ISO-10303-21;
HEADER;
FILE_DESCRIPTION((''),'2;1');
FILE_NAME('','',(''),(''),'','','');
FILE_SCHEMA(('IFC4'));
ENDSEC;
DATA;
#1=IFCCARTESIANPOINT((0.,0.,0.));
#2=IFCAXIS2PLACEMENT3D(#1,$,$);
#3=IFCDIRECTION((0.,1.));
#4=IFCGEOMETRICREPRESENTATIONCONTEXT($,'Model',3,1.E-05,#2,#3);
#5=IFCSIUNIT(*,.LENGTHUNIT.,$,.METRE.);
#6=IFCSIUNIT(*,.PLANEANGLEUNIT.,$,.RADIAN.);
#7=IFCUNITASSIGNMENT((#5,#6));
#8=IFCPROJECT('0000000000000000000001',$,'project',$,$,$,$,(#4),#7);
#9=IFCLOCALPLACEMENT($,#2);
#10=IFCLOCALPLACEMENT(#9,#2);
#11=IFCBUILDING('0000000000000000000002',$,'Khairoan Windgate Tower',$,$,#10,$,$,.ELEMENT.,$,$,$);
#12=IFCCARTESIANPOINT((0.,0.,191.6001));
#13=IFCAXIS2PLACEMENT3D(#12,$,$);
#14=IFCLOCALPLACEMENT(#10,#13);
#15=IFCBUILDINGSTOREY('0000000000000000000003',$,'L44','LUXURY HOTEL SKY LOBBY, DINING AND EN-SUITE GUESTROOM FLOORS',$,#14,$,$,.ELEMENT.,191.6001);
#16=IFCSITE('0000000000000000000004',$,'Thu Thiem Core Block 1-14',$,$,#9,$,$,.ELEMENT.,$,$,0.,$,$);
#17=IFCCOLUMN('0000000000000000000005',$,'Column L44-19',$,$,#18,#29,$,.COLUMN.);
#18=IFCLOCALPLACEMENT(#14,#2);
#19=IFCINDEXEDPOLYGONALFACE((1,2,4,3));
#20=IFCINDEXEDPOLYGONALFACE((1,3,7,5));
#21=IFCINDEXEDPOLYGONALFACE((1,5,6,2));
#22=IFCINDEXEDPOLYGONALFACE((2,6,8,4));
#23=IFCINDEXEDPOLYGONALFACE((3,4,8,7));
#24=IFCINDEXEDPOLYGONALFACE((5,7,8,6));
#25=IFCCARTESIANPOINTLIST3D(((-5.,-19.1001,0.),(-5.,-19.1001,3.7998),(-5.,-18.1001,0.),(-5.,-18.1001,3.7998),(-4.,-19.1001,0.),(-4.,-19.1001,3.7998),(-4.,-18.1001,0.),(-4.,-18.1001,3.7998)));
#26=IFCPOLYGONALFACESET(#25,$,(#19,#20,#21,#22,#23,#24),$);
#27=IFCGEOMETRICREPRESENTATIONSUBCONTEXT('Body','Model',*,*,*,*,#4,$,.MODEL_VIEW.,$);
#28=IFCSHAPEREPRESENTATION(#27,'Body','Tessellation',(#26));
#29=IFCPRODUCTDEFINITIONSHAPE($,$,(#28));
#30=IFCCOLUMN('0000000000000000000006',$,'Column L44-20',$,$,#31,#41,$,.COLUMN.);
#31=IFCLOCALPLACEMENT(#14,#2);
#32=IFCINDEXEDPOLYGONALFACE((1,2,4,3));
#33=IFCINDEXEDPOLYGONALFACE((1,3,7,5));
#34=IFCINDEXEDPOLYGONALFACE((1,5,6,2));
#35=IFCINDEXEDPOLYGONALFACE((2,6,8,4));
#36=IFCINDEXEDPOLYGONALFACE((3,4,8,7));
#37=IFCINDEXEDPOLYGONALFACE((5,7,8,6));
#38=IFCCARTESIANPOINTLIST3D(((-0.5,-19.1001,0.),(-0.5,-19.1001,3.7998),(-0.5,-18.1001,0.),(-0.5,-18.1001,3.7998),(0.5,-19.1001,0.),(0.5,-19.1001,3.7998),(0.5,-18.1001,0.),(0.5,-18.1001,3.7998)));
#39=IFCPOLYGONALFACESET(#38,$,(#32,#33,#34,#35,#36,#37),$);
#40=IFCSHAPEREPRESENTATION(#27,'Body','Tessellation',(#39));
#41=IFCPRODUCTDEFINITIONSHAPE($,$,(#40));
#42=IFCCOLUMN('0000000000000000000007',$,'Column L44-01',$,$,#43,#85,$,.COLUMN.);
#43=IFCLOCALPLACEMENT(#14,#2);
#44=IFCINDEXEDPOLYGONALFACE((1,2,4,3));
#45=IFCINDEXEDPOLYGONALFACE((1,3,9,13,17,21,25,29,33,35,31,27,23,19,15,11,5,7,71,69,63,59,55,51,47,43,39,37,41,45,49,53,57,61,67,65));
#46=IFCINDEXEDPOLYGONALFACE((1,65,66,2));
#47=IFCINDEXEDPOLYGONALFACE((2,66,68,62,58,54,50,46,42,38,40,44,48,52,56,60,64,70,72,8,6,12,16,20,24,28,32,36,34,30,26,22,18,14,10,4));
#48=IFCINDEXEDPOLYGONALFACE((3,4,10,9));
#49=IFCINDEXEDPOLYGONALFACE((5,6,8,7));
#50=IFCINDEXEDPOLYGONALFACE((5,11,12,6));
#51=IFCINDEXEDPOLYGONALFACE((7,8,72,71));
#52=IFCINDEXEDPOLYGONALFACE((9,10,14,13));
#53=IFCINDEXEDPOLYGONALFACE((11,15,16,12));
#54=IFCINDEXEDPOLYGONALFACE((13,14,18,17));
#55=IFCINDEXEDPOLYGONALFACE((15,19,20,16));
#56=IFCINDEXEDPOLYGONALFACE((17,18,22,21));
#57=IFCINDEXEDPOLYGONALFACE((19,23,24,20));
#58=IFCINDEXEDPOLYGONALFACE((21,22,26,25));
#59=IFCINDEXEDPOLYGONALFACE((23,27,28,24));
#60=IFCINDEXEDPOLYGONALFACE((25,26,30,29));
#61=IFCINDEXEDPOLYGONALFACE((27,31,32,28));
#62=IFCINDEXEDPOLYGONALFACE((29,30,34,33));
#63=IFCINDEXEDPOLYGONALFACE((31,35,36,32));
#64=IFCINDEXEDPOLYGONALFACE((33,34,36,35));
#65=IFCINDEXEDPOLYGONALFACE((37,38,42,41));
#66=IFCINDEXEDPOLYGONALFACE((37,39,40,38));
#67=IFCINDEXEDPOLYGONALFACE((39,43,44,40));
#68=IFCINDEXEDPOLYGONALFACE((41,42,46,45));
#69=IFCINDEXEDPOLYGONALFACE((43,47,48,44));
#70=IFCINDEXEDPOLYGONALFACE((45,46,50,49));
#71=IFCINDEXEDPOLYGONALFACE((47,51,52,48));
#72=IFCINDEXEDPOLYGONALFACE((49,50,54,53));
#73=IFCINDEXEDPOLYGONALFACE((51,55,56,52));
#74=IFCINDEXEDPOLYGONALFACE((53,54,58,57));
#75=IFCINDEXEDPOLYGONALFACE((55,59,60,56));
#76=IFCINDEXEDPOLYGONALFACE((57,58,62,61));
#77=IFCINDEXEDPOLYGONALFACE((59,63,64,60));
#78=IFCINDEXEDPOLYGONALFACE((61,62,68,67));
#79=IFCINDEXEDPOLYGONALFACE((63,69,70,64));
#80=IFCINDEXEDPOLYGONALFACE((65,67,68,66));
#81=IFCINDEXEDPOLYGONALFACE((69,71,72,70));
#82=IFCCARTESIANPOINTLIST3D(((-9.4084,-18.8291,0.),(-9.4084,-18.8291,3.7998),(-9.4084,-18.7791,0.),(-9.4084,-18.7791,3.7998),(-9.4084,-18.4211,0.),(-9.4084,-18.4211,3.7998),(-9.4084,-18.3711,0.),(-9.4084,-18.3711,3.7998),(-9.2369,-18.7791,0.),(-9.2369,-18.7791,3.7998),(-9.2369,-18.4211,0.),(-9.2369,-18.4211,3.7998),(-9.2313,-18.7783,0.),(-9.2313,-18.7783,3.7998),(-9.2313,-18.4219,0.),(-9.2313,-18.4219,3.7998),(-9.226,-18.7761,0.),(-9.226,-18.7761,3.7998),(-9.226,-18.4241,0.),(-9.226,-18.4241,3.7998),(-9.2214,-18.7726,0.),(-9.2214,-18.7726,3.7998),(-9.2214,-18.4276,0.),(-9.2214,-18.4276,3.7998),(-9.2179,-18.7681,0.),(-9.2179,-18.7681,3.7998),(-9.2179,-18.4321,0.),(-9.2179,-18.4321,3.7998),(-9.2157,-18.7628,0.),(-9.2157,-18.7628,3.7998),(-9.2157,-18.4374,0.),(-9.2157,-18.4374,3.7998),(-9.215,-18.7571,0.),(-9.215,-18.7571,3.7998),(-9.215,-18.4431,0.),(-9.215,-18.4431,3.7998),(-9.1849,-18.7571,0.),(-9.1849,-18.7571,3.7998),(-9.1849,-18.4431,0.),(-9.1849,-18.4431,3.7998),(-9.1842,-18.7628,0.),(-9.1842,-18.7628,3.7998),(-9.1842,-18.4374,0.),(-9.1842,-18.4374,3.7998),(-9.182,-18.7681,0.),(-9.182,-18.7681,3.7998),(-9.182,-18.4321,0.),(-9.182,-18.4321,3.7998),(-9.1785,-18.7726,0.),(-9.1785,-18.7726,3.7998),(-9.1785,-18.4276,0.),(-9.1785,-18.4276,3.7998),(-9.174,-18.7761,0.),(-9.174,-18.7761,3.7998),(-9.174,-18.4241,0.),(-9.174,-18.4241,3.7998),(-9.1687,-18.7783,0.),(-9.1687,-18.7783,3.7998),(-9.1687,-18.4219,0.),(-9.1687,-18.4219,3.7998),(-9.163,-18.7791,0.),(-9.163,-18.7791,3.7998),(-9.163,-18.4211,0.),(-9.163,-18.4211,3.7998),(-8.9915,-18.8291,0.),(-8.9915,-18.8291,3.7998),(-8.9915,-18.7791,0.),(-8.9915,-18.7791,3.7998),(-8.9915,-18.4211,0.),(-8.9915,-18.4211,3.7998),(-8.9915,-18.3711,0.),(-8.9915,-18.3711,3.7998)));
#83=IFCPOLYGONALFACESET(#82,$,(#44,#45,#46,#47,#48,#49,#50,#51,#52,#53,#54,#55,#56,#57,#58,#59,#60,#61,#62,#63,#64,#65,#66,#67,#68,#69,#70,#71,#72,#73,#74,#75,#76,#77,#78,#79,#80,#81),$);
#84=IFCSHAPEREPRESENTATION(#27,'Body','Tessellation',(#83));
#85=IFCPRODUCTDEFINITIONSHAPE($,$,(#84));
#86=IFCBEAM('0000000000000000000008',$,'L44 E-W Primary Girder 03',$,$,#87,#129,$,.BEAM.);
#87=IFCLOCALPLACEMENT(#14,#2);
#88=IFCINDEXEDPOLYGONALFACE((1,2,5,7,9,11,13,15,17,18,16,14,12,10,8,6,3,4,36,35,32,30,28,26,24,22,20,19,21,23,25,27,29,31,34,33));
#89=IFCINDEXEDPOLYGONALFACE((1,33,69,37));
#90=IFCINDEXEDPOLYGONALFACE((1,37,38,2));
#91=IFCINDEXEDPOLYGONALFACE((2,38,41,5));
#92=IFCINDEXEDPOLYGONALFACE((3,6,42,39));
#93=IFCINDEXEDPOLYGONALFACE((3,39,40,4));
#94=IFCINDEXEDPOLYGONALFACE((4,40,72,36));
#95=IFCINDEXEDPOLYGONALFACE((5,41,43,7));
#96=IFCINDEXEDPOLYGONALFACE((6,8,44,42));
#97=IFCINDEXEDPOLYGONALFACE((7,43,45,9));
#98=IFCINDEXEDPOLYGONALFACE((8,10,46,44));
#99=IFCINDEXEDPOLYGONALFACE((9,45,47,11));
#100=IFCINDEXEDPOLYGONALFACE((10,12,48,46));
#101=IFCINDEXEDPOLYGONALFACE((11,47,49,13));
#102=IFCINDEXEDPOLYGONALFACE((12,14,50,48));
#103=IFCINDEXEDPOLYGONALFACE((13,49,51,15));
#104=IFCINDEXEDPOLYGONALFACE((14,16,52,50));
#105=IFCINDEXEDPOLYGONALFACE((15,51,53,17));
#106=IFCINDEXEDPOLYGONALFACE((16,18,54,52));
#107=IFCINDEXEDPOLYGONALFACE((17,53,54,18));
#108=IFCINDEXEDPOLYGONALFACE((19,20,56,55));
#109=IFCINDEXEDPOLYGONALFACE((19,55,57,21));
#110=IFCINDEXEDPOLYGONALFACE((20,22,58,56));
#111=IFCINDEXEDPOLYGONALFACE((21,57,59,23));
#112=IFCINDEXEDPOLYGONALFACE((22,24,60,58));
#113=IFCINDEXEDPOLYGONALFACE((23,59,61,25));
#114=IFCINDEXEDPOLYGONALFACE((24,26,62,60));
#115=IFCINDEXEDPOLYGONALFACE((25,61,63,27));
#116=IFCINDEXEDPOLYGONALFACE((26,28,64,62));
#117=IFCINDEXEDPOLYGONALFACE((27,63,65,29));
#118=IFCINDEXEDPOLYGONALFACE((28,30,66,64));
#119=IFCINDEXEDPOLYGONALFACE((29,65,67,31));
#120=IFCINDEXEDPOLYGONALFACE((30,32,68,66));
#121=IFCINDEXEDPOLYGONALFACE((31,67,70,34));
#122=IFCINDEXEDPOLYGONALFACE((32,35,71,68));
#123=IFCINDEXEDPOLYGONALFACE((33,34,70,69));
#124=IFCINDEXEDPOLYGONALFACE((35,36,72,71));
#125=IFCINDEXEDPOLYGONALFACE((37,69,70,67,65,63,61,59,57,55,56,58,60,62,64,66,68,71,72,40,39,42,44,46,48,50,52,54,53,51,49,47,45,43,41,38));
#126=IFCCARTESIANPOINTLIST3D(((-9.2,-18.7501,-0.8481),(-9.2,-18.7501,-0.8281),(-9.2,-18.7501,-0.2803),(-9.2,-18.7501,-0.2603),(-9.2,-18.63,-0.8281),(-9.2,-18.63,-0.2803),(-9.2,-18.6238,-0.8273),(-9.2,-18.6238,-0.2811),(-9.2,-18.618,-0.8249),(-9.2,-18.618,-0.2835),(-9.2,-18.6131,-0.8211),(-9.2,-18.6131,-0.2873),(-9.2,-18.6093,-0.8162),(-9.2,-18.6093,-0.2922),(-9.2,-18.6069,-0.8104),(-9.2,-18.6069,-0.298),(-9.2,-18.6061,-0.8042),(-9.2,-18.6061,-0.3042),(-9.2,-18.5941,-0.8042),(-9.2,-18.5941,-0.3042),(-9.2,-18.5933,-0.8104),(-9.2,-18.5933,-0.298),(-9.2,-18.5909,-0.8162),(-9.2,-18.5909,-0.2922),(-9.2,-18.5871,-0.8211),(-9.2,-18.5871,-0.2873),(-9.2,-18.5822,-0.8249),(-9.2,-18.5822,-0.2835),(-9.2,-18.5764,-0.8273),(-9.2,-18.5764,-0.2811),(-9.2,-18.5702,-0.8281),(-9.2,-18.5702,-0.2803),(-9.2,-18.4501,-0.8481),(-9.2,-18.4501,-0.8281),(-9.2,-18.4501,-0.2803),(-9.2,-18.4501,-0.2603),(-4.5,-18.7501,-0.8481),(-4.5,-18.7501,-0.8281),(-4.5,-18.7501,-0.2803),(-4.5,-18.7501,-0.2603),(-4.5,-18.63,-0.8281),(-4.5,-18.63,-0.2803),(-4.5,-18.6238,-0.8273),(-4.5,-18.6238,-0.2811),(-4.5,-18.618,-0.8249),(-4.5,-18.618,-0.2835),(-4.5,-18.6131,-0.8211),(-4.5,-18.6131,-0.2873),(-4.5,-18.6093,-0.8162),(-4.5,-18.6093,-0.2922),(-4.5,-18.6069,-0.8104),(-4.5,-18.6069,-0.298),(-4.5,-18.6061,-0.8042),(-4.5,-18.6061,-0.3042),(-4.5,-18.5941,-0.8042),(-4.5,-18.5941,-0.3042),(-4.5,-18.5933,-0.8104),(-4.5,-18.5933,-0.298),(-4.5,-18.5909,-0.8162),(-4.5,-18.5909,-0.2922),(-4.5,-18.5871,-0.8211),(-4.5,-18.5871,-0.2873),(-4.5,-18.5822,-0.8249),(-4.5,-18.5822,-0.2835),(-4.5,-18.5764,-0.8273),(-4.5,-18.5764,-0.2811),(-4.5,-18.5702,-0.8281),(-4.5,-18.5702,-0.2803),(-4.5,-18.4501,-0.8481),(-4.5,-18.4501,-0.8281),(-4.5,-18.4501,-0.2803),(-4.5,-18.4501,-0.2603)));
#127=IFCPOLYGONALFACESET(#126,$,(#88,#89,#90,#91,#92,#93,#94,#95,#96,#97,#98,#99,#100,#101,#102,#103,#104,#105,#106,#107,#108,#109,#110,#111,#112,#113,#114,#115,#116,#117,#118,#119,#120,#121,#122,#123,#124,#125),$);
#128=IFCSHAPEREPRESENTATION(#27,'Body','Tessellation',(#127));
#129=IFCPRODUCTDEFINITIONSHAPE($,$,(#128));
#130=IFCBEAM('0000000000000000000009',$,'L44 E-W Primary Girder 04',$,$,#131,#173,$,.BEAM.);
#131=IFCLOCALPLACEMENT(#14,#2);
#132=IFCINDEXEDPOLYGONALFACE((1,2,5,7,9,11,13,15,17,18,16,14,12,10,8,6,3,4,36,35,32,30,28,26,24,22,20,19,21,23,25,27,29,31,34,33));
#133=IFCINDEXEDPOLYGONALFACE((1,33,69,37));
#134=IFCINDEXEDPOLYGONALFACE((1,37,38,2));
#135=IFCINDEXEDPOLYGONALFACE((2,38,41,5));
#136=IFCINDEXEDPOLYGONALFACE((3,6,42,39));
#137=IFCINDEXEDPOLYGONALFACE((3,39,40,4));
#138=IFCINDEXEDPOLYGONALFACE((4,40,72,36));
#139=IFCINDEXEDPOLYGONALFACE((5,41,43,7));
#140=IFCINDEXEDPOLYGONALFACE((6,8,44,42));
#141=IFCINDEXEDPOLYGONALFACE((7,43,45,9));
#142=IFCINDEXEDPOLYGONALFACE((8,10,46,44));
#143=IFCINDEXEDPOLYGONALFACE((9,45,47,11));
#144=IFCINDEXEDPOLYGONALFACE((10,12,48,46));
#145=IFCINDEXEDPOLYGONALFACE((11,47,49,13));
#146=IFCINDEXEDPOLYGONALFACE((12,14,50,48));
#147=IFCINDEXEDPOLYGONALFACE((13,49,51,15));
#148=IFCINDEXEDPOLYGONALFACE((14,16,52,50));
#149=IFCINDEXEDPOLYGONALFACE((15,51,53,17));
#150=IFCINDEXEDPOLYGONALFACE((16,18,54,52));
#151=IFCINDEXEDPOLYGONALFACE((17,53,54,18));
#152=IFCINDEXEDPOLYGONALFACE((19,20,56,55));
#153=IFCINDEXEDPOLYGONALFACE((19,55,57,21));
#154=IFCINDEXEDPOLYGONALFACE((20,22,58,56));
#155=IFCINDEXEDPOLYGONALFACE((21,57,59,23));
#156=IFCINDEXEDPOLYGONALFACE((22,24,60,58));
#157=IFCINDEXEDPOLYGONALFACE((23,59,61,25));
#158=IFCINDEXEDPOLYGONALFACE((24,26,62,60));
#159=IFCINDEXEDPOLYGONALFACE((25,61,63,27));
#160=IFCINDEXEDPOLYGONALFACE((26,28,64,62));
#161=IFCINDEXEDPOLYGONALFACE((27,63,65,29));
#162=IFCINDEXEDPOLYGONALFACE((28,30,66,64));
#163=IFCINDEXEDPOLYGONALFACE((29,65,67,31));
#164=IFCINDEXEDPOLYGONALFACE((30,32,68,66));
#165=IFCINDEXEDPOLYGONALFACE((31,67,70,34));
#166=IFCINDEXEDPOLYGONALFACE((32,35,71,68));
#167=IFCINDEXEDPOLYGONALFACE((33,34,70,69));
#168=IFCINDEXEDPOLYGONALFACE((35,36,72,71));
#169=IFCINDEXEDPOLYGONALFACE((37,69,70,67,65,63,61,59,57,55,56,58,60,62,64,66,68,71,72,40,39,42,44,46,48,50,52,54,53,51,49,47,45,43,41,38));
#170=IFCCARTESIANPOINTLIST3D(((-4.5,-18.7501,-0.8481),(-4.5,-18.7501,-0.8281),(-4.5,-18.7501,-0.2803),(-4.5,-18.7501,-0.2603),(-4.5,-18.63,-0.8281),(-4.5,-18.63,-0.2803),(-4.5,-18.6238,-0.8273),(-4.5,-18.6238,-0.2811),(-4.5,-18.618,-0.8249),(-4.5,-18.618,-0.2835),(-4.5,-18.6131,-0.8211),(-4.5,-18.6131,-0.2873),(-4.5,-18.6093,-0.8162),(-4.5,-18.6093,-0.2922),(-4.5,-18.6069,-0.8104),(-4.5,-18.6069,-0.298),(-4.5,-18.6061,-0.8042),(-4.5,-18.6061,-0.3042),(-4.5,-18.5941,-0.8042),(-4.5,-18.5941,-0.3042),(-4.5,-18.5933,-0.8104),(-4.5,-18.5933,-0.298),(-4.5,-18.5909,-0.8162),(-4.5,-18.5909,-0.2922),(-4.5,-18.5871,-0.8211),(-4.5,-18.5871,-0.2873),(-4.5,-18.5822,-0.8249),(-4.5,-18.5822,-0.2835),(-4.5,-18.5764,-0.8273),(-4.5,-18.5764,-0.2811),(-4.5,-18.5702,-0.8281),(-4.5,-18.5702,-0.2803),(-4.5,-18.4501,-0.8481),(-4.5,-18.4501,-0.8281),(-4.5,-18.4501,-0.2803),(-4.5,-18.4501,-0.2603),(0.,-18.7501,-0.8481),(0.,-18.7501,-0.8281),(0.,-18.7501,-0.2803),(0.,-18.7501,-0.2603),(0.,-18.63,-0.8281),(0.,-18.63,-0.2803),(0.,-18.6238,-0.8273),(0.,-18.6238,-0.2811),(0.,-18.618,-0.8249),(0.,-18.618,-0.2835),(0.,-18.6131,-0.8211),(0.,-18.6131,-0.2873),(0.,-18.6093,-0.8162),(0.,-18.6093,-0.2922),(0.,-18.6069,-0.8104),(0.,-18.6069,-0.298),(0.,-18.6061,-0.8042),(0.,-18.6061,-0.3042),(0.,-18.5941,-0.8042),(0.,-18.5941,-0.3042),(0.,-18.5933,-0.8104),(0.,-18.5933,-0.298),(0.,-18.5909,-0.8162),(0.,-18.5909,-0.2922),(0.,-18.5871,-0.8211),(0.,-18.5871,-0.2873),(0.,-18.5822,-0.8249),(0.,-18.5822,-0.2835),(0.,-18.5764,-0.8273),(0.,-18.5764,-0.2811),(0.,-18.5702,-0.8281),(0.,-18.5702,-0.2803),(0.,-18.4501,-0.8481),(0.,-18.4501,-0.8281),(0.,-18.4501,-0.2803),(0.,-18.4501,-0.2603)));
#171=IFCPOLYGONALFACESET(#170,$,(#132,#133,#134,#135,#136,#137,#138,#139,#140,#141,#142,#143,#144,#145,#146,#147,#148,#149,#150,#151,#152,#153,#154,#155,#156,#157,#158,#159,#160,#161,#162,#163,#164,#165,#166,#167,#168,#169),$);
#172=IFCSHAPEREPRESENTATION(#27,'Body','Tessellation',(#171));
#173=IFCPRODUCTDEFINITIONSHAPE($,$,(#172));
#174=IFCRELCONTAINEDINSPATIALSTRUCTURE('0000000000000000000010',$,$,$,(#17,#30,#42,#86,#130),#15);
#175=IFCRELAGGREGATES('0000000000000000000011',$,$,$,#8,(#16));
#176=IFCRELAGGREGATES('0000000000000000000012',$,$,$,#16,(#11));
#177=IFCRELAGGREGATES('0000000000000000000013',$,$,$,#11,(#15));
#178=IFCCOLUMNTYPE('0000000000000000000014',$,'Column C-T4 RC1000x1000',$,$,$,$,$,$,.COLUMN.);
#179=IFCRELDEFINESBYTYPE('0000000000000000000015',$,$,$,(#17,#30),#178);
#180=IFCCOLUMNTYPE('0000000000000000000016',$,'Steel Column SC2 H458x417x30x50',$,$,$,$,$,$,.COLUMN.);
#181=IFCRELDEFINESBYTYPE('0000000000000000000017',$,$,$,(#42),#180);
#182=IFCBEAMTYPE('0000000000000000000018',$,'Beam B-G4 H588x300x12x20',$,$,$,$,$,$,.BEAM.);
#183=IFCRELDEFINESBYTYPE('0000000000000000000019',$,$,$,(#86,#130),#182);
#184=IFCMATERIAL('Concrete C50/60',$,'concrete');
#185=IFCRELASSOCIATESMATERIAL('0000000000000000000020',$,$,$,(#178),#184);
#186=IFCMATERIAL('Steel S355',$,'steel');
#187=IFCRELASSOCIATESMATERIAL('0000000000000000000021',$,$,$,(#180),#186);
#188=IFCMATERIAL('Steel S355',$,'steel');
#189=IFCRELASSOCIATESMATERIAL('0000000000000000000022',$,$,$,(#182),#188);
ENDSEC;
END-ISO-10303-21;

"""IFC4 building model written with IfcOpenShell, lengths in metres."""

from ifc_helpers import new_model, si_unit, direction, frame, origin, origin_2d, place, context, subcontext, project, spatial, rectangle, i_section, extrude, material, material_profile, profile_set, type_object, element, save


model = new_model("IFC4")

# Units and contexts
model_context = context("Model", 3, precision=1e-05, world=origin(), true_north=direction((0.0, 1.0)))
body_context = subcontext(model_context, "Body", "Model", "MODEL_VIEW")
ifc_project = project(units=[si_unit("LENGTHUNIT", "METRE"), si_unit("PLANEANGLEUNIT", "RADIAN")], contexts=[model_context])

# Site, building, storey
site_placement = place(None, origin())
site = spatial("IfcSite", under=ifc_project, at=site_placement, Name="Thu Thiem Core Block 1-14", CompositionType="ELEMENT", RefElevation=0.0)
building_placement = place(site_placement, origin())
building = spatial("IfcBuilding", under=site, at=building_placement, Name="Khairoan Windgate Tower", CompositionType="ELEMENT")
storey_placement = place(building_placement, frame((0.0, 0.0, 191.6001)))
storey = spatial("IfcBuildingStorey", under=building, at=storey_placement, Name="L44", Description="LUXURY HOTEL SKY LOBBY, DINING AND EN-SUITE GUESTROOM FLOORS", CompositionType="ELEMENT", Elevation=191.6001)

# Columns
ifc_material_1 = material(Name="Concrete C50/60", Category="concrete")
ifc_material_profile_1 = material_profile(ifc_material_1, rectangle(XDim=1.0, YDim=1.0, at=origin_2d()))
ifc_profile_set_1 = profile_set([ifc_material_profile_1], Name="Concrete C50/60")
column_type_1 = type_object("IfcColumnType", Name="Column C-T4 RC1000x1000", PredefinedType="COLUMN", material=ifc_profile_set_1)
for number, where, z_axis, x_axis, name in (
    (1, (-4.5, -18.6001, 0.0), (0.0, 0.0, 1.0), (1.0, 0.0, 0.0), "Column L44-19"),
    (2, (0.0, -18.6001, 0.0), (0.0, 0.0, 1.0), (1.0, 0.0, 0.0), "Column L44-20"),
):
    element("IfcColumn", number, at=place(storey_placement, frame(where, z_axis=z_axis, x_axis=x_axis)), inside=storey, type_object=column_type_1, Name=name, PredefinedType="COLUMN", context=body_context, shape_type="SweptSolid", body=[
        extrude(rectangle(XDim=1.0, YDim=1.0, at=origin_2d()), origin(), (0.0, 0.0, 1.0), 3.7998),
    ])
ifc_material_2 = material(Name="Steel S355", Category="steel")
ifc_material_profile_2 = material_profile(ifc_material_2, i_section(OverallWidth=0.417, OverallDepth=0.458, WebThickness=0.03, FlangeThickness=0.05, FilletRadius=0.022, at=origin_2d()))
ifc_profile_set_2 = profile_set([ifc_material_profile_2], Name="Steel S355")
column_type_2 = type_object("IfcColumnType", Name="Steel Column SC2 H458x417x30x50", PredefinedType="COLUMN", material=ifc_profile_set_2)
column_placement = place(storey_placement, frame((-9.2, -18.6001, 0.0), z_axis=(0.0, 0.0, 1.0), x_axis=(1.0, 0.0, 0.0)))
element("IfcColumn", 3, at=column_placement, inside=storey, type_object=column_type_2, Name="Column L44-01", PredefinedType="COLUMN", context=body_context, shape_type="SweptSolid", body=[
    extrude(i_section(OverallWidth=0.417, OverallDepth=0.458, WebThickness=0.03, FlangeThickness=0.05, FilletRadius=0.022, at=origin_2d()), origin(), (0.0, 0.0, 1.0), 3.7998),
])

# Beams
ifc_material_3 = material(Name="Steel S355", Category="steel")
ifc_material_profile_3 = material_profile(ifc_material_3, i_section(OverallWidth=0.3, OverallDepth=0.5879, WebThickness=0.012, FlangeThickness=0.02, FilletRadius=0.0239, at=origin_2d()))
ifc_profile_set_3 = profile_set([ifc_material_profile_3], Name="Steel S355")
beam_type_1 = type_object("IfcBeamType", Name="Beam B-G4 H588x300x12x20", PredefinedType="BEAM", material=ifc_profile_set_3)
beam_1_placement = place(storey_placement, frame((-9.2, -18.6001, -0.5542), z_axis=(1.0, 0.0, 0.0), x_axis=(0.0, 1.0, 0.0)))
element("IfcBeam", 4, at=beam_1_placement, inside=storey, type_object=beam_type_1, Name="L44 E-W Primary Girder 03", PredefinedType="BEAM", context=body_context, shape_type="SweptSolid", body=[
    extrude(i_section(OverallWidth=0.3, OverallDepth=0.5879, WebThickness=0.012, FlangeThickness=0.02, FilletRadius=0.0239, at=origin_2d()), origin(), (0.0, 0.0, 1.0), 4.7),
])
beam_2_placement = place(storey_placement, frame((-4.5, -18.6001, -0.5542), z_axis=(1.0, 0.0, 0.0), x_axis=(0.0, 1.0, 0.0)))
element("IfcBeam", 5, at=beam_2_placement, inside=storey, type_object=beam_type_1, Name="L44 E-W Primary Girder 04", PredefinedType="BEAM", context=body_context, shape_type="SweptSolid", body=[
    extrude(i_section(OverallWidth=0.3, OverallDepth=0.5879, WebThickness=0.012, FlangeThickness=0.02, FilletRadius=0.0239, at=origin_2d()), origin(), (0.0, 0.0, 1.0), 4.5),
])

save(model, "model.ifc")
